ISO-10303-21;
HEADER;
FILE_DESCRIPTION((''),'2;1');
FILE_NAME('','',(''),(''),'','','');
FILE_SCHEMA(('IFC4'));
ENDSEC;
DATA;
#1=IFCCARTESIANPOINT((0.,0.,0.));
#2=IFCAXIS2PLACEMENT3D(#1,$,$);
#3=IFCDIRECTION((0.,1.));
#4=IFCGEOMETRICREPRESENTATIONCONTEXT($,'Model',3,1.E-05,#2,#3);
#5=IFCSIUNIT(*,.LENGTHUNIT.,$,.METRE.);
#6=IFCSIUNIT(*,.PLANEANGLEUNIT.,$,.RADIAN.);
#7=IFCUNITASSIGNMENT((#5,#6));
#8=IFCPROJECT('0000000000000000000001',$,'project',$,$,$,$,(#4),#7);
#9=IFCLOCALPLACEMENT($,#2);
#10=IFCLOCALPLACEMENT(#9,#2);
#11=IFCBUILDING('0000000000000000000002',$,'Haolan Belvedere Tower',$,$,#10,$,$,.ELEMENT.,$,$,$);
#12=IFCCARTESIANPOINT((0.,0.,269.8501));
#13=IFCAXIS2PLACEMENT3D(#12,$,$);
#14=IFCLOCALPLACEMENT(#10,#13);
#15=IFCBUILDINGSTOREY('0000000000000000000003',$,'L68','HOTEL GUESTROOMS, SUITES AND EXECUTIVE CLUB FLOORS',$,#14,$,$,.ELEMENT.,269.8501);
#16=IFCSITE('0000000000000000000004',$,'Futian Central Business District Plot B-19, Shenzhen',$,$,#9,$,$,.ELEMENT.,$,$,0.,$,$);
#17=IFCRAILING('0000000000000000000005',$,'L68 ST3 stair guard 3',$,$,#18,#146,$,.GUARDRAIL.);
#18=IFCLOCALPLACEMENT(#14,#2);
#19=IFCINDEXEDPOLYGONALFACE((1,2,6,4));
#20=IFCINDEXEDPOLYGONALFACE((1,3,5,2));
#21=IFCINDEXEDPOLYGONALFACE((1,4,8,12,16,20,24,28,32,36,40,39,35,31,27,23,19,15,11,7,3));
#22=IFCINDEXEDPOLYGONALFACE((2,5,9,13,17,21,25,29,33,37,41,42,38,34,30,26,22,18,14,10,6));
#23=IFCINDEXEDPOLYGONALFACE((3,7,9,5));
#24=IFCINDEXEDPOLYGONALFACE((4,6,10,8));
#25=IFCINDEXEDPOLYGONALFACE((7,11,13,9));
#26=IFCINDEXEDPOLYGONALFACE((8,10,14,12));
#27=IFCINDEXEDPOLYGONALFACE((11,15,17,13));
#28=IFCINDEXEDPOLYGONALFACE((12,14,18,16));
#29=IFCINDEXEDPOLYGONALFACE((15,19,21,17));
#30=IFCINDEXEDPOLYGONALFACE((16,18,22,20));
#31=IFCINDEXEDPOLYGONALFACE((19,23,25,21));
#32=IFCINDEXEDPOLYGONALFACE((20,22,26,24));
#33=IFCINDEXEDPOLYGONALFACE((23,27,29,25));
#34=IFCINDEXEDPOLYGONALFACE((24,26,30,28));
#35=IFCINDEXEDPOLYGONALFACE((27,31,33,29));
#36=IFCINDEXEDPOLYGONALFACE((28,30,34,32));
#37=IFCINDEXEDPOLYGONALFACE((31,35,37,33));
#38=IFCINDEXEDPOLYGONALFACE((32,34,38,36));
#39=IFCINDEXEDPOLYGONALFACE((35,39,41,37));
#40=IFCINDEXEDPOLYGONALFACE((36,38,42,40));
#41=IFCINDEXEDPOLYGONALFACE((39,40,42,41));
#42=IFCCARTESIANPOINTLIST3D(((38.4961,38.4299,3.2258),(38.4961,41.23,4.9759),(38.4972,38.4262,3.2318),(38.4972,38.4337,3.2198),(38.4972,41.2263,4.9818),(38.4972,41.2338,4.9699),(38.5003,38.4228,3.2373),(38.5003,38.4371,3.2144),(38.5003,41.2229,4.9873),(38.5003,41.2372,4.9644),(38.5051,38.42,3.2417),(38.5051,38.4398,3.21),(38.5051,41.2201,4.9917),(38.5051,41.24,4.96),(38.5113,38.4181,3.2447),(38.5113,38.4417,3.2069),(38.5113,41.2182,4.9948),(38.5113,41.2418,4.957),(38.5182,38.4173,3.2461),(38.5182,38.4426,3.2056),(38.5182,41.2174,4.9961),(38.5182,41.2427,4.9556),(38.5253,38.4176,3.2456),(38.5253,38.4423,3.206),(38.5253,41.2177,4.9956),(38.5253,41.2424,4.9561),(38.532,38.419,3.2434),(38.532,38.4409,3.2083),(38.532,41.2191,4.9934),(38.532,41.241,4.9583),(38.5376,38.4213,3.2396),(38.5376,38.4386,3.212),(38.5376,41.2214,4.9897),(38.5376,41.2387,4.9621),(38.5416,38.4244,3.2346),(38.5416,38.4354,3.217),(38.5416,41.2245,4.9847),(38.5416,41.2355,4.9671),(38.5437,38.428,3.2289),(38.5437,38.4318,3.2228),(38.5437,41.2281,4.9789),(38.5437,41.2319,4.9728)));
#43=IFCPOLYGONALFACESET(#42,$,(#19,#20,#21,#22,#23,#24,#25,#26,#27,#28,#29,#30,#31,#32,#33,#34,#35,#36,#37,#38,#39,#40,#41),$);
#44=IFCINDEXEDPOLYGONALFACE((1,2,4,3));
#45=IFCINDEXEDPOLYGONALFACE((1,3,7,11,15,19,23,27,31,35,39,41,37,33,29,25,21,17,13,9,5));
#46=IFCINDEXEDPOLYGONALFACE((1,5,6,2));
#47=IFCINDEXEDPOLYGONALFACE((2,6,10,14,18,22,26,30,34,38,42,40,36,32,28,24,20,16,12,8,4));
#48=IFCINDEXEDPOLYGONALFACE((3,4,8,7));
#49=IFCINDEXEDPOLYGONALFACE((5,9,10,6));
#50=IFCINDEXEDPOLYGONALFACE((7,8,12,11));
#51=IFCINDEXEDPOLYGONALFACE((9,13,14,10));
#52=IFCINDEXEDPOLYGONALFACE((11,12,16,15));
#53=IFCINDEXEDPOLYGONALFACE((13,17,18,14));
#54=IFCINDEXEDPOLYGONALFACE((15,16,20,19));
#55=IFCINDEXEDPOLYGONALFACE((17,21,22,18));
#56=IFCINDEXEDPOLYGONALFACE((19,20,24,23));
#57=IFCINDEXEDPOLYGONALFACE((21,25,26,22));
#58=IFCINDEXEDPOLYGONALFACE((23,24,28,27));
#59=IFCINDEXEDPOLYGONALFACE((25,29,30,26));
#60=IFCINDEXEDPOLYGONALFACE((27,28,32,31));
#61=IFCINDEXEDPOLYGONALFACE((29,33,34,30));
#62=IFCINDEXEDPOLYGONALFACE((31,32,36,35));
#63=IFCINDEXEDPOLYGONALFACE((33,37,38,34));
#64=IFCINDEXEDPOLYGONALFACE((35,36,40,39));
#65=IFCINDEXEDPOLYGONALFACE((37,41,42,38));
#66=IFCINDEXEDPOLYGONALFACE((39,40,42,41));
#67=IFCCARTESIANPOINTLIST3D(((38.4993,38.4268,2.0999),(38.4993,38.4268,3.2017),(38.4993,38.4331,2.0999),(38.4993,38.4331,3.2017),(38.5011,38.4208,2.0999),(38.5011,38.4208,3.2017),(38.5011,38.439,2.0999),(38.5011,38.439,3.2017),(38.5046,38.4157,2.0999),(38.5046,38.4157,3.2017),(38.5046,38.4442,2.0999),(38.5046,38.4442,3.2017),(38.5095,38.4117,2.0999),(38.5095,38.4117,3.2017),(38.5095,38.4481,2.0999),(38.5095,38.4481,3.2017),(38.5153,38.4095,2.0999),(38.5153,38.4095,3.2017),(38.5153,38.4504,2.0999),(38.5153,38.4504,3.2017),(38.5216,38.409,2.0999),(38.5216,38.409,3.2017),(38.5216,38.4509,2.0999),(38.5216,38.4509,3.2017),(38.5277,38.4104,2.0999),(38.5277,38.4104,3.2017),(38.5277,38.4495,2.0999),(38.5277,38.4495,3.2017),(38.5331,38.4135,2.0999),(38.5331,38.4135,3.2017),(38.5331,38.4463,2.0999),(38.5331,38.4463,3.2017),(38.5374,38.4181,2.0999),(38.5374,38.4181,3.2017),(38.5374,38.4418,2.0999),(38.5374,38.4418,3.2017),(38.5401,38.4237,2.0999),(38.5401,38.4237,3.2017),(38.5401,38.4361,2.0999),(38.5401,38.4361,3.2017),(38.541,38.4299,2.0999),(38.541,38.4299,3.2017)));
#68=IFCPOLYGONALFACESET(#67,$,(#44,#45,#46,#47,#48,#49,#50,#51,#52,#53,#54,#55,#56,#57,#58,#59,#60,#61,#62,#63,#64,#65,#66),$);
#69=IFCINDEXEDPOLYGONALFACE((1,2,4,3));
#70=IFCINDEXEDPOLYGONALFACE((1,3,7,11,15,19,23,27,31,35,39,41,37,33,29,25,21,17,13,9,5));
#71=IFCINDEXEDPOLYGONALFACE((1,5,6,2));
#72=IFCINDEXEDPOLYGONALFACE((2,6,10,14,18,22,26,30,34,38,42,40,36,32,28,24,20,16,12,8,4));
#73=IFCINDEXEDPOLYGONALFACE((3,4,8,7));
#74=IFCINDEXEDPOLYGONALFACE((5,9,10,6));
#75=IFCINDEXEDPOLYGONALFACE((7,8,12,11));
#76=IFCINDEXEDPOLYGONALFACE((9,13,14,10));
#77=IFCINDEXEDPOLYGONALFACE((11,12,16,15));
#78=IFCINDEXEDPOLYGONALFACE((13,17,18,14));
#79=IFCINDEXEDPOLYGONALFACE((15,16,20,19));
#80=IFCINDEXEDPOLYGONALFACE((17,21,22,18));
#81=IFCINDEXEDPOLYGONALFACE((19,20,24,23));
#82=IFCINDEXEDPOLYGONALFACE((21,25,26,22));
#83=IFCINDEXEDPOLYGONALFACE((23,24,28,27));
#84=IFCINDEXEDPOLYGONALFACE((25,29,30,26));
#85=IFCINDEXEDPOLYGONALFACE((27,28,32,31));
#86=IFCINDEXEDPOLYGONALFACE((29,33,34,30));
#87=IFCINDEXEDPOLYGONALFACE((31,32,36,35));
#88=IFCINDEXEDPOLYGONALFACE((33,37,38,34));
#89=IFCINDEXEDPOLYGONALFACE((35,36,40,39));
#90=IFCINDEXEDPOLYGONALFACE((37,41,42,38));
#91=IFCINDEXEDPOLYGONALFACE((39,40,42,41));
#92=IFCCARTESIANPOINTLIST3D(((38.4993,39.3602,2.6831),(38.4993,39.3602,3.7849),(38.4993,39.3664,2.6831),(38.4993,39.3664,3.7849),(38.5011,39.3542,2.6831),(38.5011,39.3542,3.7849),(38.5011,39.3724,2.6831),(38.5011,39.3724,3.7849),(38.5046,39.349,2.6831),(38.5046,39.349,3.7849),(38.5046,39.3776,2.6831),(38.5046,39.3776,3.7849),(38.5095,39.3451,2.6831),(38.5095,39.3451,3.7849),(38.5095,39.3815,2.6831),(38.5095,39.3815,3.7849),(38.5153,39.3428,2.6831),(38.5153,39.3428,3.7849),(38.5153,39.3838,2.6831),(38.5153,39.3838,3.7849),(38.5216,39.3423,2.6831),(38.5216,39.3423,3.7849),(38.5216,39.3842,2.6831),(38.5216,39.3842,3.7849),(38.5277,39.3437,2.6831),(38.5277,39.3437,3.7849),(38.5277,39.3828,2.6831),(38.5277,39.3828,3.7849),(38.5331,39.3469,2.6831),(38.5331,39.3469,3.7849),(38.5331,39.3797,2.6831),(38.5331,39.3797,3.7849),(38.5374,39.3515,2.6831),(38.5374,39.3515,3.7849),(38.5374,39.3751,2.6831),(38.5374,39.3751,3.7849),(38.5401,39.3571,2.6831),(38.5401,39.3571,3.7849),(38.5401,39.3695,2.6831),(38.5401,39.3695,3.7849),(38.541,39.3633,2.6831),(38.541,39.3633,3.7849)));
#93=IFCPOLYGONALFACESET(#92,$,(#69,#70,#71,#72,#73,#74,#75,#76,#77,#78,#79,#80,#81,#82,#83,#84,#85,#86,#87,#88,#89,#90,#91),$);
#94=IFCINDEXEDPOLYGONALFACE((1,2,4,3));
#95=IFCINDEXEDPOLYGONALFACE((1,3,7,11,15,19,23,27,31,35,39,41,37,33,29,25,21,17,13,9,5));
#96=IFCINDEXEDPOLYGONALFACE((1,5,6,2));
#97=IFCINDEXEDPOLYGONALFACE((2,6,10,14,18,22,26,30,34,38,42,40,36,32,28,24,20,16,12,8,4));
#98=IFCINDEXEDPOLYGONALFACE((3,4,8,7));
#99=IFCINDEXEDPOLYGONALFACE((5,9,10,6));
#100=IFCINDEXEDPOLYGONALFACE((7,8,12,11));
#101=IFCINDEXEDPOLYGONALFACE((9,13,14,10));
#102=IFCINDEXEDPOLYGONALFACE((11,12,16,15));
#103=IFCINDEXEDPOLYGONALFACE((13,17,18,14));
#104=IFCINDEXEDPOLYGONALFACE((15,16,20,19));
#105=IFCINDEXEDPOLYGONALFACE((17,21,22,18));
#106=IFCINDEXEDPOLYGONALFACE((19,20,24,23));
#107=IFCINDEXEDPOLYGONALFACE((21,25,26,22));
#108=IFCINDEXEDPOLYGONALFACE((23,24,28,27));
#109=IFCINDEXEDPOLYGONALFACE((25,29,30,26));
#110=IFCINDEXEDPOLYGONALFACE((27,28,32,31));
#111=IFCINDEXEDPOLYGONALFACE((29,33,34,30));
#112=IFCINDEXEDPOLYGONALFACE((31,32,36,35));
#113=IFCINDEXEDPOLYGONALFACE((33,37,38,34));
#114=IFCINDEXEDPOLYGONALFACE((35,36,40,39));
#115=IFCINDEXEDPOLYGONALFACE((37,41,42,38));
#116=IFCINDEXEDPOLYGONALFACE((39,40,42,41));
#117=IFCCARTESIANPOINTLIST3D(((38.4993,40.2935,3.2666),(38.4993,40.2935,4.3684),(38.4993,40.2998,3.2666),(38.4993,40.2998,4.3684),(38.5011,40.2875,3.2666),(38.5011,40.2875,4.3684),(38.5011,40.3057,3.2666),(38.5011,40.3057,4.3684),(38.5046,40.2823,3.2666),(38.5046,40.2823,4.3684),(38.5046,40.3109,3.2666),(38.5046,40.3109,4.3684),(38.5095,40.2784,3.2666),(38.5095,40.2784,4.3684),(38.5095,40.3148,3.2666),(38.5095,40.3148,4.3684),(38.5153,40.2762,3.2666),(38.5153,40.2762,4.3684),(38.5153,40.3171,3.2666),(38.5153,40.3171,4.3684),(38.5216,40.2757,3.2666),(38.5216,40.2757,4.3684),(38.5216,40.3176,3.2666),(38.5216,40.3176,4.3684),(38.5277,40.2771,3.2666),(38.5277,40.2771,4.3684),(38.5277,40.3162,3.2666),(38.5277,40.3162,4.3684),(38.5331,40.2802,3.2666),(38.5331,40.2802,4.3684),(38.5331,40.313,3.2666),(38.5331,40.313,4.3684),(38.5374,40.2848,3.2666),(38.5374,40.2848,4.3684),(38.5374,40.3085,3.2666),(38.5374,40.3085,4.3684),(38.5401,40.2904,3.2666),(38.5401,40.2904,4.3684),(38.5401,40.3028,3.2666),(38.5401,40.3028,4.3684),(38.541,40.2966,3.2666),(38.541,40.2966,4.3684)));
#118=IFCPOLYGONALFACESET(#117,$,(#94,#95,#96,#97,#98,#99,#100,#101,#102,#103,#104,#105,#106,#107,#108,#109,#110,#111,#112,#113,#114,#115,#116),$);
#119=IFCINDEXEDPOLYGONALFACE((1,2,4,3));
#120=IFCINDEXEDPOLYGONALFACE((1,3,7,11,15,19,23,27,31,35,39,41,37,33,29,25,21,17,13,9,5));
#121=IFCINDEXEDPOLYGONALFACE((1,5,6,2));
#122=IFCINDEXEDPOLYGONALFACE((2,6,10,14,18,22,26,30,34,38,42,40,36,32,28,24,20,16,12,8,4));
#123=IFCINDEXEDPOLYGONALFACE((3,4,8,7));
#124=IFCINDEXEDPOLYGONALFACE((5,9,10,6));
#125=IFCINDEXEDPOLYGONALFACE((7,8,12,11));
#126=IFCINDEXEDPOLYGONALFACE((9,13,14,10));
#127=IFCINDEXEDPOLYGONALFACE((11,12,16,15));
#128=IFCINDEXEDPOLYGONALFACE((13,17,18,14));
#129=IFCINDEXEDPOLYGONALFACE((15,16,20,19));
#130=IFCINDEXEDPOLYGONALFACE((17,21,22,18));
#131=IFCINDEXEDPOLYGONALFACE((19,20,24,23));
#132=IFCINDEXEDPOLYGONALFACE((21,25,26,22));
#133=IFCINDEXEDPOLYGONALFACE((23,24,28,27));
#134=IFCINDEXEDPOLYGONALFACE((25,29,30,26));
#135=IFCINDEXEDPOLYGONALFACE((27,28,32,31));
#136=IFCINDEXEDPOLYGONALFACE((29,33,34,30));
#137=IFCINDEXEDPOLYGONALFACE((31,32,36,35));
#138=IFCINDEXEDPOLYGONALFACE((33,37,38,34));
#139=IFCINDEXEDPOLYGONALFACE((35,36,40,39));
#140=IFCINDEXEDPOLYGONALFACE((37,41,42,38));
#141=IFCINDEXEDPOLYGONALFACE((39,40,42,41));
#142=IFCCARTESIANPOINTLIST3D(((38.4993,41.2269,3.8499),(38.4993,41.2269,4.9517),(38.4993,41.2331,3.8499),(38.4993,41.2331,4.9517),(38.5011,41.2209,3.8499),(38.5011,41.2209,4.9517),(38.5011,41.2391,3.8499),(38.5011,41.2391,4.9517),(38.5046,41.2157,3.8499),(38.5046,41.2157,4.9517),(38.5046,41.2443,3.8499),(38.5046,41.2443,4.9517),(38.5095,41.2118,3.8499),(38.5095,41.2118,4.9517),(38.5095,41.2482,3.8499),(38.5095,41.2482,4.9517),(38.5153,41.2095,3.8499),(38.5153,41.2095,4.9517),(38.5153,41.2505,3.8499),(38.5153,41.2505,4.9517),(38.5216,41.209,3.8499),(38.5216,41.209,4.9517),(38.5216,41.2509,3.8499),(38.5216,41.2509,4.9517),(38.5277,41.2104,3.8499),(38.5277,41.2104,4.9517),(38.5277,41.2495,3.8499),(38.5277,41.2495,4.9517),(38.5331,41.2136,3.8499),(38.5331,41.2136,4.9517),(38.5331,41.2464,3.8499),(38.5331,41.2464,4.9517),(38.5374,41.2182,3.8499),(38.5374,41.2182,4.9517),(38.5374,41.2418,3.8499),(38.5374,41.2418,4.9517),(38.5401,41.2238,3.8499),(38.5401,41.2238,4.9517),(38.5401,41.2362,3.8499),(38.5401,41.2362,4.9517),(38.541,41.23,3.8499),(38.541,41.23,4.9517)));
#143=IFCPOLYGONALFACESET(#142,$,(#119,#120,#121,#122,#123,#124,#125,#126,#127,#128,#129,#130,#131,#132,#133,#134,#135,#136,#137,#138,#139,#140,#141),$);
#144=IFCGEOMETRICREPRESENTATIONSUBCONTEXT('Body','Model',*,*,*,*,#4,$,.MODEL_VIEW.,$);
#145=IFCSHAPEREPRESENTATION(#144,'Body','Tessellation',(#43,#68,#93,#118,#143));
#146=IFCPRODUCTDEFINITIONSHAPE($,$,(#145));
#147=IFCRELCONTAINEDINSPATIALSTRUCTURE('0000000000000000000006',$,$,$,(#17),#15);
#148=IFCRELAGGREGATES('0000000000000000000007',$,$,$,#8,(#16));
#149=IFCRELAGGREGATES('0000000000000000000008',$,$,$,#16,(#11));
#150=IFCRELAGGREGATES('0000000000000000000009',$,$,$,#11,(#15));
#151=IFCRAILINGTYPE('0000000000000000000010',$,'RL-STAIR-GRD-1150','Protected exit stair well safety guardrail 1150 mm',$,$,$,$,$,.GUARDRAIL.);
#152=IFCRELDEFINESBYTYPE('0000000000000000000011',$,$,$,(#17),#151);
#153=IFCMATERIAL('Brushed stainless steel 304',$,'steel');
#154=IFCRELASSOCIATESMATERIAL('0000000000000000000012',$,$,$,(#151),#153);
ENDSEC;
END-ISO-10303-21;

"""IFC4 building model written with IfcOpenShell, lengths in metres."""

from ifc_helpers import new_model, si_unit, direction, frame, origin, origin_2d, place, context, subcontext, project, spatial, circle, extrude, material, type_object, element, save


model = new_model("IFC4")

# Units and contexts
model_context = context("Model", 3, precision=1e-05, world=origin(), true_north=direction((0.0, 1.0)))
body_context = subcontext(model_context, "Body", "Model", "MODEL_VIEW")
ifc_project = project(units=[si_unit("LENGTHUNIT", "METRE"), si_unit("PLANEANGLEUNIT", "RADIAN")], contexts=[model_context])

# Site, building, storey
site_placement = place(None, origin())
site = spatial("IfcSite", under=ifc_project, at=site_placement, Name="Futian Central Business District Plot B-19, Shenzhen", CompositionType="ELEMENT", RefElevation=0.0)
building_placement = place(site_placement, origin())
building = spatial("IfcBuilding", under=site, at=building_placement, Name="Haolan Belvedere Tower", CompositionType="ELEMENT")
storey_placement = place(building_placement, frame((0.0, 0.0, 269.8501)))
storey = spatial("IfcBuildingStorey", under=building, at=storey_placement, Name="L68", Description="HOTEL GUESTROOMS, SUITES AND EXECUTIVE CLUB FLOORS", CompositionType="ELEMENT", Elevation=269.8501)

# Railing
ifc_material_1 = material(Name="Brushed stainless steel 304", Category="steel")
railing_type_1 = type_object("IfcRailingType", Name="RL-STAIR-GRD-1150", Description="Protected exit stair well safety guardrail 1150 mm", PredefinedType="GUARDRAIL", material=ifc_material_1)
railing_1_placement = place(storey_placement, frame((38.52, 38.4299, 2.0999)))
element("IfcRailing", 1, at=railing_1_placement, inside=storey, type_object=railing_type_1, Name="L68 ST3 stair guard 3", PredefinedType="GUARDRAIL", context=body_context, shape_type="SweptSolid", body=[
    extrude(circle(Radius=0.0239, at=origin_2d()), frame((0.0, 0.0, 1.126), z_axis=(0.0, 0.848002, 0.529992), x_axis=(-1.0, 0.0, 0.0)), (0.0, 0.0, 1.0), 3.302),
    extrude(circle(Radius=0.021, at=origin_2d()), origin(), (0.0, 0.0, 1.0), 1.1018),
    extrude(circle(Radius=0.021, at=origin_2d()), frame((0.0, 0.9333, 0.5833)), (0.0, 0.0, 1.0), 1.1018),
    extrude(circle(Radius=0.021, at=origin_2d()), frame((0.0, 1.8667, 1.1667)), (0.0, 0.0, 1.0), 1.1018),
    extrude(circle(Radius=0.021, at=origin_2d()), frame((0.0, 2.8, 1.75)), (0.0, 0.0, 1.0), 1.1018),
])

save(model, "model.ifc")
